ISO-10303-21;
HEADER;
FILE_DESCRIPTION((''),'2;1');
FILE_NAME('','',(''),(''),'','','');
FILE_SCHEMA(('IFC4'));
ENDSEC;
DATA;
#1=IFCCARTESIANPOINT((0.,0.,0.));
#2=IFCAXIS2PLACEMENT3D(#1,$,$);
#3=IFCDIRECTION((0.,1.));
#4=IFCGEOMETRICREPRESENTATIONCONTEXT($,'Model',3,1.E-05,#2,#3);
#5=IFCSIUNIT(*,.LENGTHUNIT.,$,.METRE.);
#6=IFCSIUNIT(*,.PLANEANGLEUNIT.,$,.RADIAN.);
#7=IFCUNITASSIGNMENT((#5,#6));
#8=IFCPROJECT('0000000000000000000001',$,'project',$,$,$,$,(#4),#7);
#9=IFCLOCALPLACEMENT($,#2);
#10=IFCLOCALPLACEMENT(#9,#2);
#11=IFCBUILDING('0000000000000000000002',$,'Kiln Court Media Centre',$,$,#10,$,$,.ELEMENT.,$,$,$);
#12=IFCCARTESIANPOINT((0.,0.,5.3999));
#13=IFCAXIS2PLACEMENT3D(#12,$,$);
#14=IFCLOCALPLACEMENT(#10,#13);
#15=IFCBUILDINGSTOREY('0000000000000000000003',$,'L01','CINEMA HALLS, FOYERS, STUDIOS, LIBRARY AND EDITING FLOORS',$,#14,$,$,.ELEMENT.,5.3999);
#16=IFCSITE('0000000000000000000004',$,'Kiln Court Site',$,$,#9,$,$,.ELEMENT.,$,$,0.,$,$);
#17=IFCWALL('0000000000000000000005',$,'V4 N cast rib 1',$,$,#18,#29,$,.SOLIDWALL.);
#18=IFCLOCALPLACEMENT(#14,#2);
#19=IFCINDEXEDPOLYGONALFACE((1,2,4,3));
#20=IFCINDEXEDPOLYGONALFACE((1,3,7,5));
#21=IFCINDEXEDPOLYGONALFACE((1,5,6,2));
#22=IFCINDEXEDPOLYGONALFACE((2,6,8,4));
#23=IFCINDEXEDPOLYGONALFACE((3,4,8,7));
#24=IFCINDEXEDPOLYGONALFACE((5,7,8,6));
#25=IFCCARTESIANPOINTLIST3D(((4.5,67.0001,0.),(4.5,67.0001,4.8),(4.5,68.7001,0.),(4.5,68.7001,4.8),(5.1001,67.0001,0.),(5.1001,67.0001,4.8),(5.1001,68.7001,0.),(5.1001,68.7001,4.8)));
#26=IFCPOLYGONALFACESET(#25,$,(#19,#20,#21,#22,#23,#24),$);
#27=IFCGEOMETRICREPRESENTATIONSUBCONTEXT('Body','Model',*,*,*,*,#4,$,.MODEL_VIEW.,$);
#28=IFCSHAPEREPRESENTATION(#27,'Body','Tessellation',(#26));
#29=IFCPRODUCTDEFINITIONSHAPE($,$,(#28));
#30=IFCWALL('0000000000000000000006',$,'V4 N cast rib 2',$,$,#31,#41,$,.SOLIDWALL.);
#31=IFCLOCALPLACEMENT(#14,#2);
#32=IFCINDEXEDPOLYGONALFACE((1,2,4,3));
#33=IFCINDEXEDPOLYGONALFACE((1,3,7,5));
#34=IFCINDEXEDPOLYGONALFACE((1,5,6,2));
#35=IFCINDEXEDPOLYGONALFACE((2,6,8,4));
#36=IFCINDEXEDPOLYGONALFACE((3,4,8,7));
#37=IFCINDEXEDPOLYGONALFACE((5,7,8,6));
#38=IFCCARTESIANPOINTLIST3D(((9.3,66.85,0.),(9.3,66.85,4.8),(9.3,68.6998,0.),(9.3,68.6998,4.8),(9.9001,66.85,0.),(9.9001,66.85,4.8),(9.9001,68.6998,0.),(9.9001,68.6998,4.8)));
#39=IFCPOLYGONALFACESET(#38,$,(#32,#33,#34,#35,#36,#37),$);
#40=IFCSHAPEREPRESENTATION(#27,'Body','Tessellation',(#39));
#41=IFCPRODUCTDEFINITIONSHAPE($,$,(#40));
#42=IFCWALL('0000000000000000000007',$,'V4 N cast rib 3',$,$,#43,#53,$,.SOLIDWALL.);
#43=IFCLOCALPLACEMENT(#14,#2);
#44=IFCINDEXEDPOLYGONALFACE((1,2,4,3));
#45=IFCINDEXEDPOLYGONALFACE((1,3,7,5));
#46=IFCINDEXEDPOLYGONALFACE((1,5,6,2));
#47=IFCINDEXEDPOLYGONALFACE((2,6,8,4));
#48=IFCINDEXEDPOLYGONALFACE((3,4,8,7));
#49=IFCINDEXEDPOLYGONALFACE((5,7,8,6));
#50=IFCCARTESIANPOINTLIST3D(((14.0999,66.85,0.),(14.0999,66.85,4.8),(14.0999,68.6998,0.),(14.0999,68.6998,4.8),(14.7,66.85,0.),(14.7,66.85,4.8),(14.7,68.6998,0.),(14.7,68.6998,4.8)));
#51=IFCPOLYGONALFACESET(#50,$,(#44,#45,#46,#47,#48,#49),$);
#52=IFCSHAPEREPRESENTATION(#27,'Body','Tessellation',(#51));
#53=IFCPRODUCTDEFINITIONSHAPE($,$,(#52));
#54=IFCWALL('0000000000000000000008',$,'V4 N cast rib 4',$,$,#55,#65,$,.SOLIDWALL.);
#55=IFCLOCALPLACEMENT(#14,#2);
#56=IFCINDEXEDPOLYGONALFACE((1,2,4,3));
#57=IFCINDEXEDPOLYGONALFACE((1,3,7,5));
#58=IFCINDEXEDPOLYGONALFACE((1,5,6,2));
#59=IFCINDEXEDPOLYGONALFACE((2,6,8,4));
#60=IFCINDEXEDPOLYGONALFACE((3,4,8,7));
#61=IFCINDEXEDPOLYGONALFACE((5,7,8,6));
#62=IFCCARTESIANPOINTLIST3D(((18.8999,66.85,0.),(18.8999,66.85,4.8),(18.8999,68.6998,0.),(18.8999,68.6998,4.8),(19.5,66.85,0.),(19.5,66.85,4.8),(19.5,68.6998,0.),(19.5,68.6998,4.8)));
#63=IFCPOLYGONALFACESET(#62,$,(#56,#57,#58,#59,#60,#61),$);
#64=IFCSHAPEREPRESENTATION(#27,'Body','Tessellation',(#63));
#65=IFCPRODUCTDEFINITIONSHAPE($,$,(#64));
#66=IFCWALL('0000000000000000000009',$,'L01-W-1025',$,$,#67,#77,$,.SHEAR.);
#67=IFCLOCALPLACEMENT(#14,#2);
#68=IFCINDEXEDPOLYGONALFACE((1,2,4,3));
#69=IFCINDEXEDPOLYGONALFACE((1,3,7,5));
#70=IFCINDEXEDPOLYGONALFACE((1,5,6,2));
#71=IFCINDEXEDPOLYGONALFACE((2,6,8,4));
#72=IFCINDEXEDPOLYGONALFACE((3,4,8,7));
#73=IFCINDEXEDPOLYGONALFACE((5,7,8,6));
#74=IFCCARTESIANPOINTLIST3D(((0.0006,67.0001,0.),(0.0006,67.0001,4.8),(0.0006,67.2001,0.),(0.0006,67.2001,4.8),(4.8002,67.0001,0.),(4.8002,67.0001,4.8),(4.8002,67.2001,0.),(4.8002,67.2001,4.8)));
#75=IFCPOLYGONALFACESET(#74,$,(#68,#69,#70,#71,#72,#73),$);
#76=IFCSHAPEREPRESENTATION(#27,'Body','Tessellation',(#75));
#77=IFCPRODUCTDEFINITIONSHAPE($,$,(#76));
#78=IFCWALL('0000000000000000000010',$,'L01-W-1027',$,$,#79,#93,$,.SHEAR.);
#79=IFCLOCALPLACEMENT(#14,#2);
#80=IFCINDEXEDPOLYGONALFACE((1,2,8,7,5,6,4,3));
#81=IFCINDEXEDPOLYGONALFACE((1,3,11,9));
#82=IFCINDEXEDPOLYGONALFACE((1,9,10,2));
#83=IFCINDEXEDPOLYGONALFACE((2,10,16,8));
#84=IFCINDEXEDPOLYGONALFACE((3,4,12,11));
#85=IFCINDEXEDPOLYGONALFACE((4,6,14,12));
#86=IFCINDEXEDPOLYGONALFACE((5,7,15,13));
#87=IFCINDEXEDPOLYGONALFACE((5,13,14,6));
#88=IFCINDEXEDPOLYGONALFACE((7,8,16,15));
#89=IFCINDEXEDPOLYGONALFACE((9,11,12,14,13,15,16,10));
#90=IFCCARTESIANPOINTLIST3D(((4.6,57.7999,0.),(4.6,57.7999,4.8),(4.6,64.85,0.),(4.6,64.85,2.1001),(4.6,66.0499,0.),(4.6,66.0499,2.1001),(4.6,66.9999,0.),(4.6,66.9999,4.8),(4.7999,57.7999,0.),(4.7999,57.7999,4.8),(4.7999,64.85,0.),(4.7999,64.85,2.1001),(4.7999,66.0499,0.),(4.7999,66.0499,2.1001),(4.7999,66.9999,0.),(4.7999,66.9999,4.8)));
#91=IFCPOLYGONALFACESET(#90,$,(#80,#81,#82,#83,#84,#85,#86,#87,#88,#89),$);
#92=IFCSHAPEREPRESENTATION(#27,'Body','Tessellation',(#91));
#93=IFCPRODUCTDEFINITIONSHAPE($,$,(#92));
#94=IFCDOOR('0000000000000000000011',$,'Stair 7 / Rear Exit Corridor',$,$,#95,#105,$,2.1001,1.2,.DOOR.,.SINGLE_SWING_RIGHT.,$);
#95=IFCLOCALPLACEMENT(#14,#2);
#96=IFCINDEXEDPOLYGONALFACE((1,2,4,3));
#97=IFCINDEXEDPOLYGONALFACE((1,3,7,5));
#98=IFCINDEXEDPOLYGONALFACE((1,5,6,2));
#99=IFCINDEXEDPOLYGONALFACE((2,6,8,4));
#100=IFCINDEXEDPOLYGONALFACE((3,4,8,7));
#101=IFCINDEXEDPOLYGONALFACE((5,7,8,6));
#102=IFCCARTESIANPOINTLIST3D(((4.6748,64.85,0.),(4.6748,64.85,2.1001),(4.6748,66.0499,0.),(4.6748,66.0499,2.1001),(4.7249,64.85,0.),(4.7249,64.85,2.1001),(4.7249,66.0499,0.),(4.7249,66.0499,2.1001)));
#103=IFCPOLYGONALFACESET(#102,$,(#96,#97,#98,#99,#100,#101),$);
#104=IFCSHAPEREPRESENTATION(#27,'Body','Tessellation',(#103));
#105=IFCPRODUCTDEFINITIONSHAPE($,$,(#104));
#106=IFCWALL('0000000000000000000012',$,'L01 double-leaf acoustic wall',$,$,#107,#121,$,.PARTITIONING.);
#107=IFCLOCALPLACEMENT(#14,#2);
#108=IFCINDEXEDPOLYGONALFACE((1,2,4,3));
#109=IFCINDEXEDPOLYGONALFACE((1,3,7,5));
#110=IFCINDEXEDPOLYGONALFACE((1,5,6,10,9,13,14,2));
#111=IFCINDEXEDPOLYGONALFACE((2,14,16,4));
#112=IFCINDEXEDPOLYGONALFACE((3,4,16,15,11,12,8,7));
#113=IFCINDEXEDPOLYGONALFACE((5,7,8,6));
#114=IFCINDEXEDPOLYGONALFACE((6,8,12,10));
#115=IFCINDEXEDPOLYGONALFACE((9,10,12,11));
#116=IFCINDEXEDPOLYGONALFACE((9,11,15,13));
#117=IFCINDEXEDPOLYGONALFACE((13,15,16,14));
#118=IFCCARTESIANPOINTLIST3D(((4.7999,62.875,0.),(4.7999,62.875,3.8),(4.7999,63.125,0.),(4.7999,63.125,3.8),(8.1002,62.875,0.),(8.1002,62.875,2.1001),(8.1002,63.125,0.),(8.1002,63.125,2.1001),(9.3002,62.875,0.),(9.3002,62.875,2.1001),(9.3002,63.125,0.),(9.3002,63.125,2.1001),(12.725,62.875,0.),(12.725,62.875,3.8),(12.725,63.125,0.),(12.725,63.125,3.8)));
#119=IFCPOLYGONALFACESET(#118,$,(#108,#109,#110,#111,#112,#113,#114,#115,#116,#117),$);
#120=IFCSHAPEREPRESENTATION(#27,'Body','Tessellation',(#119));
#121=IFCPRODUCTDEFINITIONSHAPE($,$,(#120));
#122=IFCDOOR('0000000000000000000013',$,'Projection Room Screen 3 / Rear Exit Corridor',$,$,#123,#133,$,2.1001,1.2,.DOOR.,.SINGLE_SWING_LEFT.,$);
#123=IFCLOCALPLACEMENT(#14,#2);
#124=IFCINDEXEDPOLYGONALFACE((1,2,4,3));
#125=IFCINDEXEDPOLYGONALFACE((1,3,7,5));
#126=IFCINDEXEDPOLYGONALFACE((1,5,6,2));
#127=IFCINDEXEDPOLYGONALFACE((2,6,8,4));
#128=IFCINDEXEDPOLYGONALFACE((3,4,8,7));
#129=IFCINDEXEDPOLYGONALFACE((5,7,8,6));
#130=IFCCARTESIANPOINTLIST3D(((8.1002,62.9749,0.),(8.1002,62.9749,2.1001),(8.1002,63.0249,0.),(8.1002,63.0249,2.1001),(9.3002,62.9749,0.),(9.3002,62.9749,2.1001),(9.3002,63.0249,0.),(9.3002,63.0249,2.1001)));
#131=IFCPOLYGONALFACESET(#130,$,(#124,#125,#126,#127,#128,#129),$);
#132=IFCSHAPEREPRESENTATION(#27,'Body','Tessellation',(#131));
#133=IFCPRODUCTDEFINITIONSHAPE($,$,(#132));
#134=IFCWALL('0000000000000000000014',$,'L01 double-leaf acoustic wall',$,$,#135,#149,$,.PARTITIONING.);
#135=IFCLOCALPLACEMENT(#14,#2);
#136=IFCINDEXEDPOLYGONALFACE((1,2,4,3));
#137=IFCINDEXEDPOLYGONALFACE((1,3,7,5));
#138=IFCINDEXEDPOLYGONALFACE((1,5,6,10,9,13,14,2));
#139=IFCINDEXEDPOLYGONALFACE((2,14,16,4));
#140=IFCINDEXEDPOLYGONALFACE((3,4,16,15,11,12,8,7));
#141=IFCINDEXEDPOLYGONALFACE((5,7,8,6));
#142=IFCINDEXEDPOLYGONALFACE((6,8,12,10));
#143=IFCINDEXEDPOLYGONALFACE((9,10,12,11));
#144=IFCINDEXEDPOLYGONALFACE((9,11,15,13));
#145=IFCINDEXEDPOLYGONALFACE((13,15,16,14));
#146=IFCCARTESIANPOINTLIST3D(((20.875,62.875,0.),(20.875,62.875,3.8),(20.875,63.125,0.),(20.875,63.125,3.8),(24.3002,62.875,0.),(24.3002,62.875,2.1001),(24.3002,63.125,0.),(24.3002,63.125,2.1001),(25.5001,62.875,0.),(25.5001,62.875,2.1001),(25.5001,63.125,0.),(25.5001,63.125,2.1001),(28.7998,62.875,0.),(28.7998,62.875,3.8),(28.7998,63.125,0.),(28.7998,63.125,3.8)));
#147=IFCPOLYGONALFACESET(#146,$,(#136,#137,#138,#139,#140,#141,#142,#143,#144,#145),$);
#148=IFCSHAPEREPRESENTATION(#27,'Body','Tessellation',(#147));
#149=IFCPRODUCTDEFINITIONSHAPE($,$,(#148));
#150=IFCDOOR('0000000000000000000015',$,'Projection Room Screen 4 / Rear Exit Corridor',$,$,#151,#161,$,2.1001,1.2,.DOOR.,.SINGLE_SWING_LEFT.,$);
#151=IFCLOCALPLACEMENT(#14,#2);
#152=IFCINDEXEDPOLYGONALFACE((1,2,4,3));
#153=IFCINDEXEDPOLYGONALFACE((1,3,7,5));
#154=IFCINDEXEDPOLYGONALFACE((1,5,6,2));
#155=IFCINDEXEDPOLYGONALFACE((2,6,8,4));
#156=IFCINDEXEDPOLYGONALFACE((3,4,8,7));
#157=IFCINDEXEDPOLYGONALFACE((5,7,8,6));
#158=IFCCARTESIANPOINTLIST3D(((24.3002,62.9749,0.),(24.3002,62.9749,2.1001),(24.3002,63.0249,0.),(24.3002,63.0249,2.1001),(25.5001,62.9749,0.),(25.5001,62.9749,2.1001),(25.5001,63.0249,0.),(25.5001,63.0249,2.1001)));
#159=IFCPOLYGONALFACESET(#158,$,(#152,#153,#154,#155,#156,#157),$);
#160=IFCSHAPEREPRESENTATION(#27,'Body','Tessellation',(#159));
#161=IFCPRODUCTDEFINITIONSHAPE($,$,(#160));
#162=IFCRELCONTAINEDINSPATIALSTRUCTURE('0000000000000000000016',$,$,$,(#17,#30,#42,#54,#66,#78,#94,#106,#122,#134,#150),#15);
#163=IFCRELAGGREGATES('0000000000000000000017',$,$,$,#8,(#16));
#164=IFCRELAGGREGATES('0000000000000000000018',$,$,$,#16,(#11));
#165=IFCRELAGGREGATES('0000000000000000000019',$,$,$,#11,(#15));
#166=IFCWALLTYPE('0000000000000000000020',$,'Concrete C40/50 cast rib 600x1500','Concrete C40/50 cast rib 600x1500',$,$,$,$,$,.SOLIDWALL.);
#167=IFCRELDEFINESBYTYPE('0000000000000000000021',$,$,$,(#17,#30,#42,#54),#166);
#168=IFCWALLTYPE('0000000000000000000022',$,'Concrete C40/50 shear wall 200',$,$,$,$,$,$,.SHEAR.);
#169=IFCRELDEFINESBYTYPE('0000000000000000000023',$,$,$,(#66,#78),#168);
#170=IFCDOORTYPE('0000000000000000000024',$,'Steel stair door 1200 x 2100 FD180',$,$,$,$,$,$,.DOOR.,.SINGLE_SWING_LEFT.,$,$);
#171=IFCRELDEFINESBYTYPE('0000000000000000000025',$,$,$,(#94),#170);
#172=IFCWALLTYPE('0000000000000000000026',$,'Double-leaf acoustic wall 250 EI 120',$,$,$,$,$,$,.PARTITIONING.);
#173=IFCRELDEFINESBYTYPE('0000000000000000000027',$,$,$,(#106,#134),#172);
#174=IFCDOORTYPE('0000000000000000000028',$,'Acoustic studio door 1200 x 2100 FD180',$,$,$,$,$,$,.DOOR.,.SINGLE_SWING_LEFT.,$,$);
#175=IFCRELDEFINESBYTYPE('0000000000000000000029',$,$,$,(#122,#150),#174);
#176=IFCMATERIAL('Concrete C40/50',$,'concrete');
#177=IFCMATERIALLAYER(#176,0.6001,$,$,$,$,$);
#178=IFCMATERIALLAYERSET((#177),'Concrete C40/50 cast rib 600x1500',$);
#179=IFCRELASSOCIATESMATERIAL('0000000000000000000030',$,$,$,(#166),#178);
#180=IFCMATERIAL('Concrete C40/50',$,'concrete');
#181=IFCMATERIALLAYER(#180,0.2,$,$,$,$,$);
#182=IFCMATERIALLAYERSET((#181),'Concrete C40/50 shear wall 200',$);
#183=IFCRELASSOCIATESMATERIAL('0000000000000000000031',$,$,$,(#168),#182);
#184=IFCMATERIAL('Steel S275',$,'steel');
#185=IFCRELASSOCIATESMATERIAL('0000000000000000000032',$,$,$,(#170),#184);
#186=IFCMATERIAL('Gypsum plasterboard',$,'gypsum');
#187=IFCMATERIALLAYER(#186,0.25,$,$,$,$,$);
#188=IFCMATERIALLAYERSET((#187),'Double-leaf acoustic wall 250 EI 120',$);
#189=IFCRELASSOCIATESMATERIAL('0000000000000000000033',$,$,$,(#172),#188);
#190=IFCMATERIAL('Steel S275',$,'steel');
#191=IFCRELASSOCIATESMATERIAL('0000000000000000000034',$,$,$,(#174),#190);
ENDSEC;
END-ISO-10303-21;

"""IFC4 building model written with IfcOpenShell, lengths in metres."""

from ifc_helpers import new_model, si_unit, direction, frame, frame_2d, origin, place, context, subcontext, project, spatial, rectangle, extrude, material, layer, layer_set, type_object, element, fill, save


model = new_model("IFC4")

# Units and contexts
model_context = context("Model", 3, precision=1e-05, world=origin(), true_north=direction((0.0, 1.0)))
body_context = subcontext(model_context, "Body", "Model", "MODEL_VIEW")
ifc_project = project(units=[si_unit("LENGTHUNIT", "METRE"), si_unit("PLANEANGLEUNIT", "RADIAN")], contexts=[model_context])

# Site, building, storey
site_placement = place(None, origin())
site = spatial("IfcSite", under=ifc_project, at=site_placement, Name="Kiln Court Site", CompositionType="ELEMENT", RefElevation=0.0)
building_placement = place(site_placement, origin())
building = spatial("IfcBuilding", under=site, at=building_placement, Name="Kiln Court Media Centre", CompositionType="ELEMENT")
storey_placement = place(building_placement, frame((0.0, 0.0, 5.3999)))
storey = spatial("IfcBuildingStorey", under=building, at=storey_placement, Name="L01", Description="CINEMA HALLS, FOYERS, STUDIOS, LIBRARY AND EDITING FLOORS", CompositionType="ELEMENT", Elevation=5.3999)

# Walls
ifc_material_1 = material(Name="Concrete C40/50", Category="concrete")
ifc_layer_1 = layer(ifc_material_1, 0.6001)
ifc_layer_set_1 = layer_set([ifc_layer_1], Name="Concrete C40/50 cast rib 600x1500")
wall_type_1 = type_object("IfcWallType", Name="Concrete C40/50 cast rib 600x1500", Description="Concrete C40/50 cast rib 600x1500", PredefinedType="SOLIDWALL", material=ifc_layer_set_1)
wall_1_placement = place(storey_placement, frame((4.8, 67.0, 0.0), z_axis=(0.0, 0.0, 1.0), x_axis=(0.0, 1.0, 0.0)))
element("IfcWall", 1, at=wall_1_placement, inside=storey, type_object=wall_type_1, Name="V4 N cast rib 1", PredefinedType="SOLIDWALL", context=body_context, shape_type="SweptSolid", body=[
    extrude(rectangle(XDim=1.7, YDim=0.6001, at=frame_2d((0.8501, 0.0))), origin(), (0.0, 0.0, 1.0), 4.8),
])
for number, where, z_axis, x_axis, name in (
    (2, (9.6001, 66.8501, 0.0), (0.0, 0.0, 1.0), (0.0, 1.0, 0.0), "V4 N cast rib 2"),
    (3, (14.3999, 66.8501, 0.0), (0.0, 0.0, 1.0), (0.0, 1.0, 0.0), "V4 N cast rib 3"),
    (4, (19.2, 66.8501, 0.0), (0.0, 0.0, 1.0), (0.0, 1.0, 0.0), "V4 N cast rib 4"),
):
    element("IfcWall", number, at=place(storey_placement, frame(where, z_axis=z_axis, x_axis=x_axis)), inside=storey, type_object=wall_type_1, Name=name, PredefinedType="SOLIDWALL", context=body_context, shape_type="SweptSolid", body=[
        extrude(rectangle(XDim=1.8499, YDim=0.6001, at=frame_2d((0.9248, 0.0))), origin(), (0.0, 0.0, 1.0), 4.8),
    ])
ifc_material_2 = material(Name="Concrete C40/50", Category="concrete")
ifc_layer_2 = layer(ifc_material_2, 0.2)
ifc_layer_set_2 = layer_set([ifc_layer_2], Name="Concrete C40/50 shear wall 200")
wall_type_2 = type_object("IfcWallType", Name="Concrete C40/50 shear wall 200", PredefinedType="SHEAR", material=ifc_layer_set_2)
wall_2_placement = place(storey_placement, frame((0.0005, 67.1001, 0.0), z_axis=(0.0, 0.0, 1.0), x_axis=(1.0, 0.0, 0.0)))
element("IfcWall", 5, at=wall_2_placement, inside=storey, type_object=wall_type_2, Name="L01-W-1025", PredefinedType="SHEAR", context=body_context, shape_type="SweptSolid", body=[
    extrude(rectangle(XDim=4.7996, YDim=0.2, at=frame_2d((2.3999, 0.0))), origin(), (0.0, 0.0, 1.0), 4.8),
])

# Walls, openings, doors
wall_3_placement = place(storey_placement, frame((4.7, 67.0, 0.0), z_axis=(0.0, 0.0, 1.0), x_axis=(0.0, -1.0, 0.0)))
wall_3 = element("IfcWall", 6, at=wall_3_placement, inside=storey, type_object=wall_type_2, Name="L01-W-1027", PredefinedType="SHEAR", context=body_context, shape_type="SweptSolid", body=[
    extrude(rectangle(XDim=9.2, YDim=0.2, at=frame_2d((4.6001, 0.0))), origin(), (0.0, 0.0, 1.0), 4.8),
])
opening_1_placement = place(wall_3_placement, frame((0.95, 0.0, 0.0)))
opening_1 = element("IfcOpeningElement", 7, at=opening_1_placement, cuts=wall_3, PredefinedType="OPENING", context=body_context, shape_type="SweptSolid", body=[
    extrude(rectangle(XDim=1.2, YDim=2.1001, at=frame_2d((0.6001, 1.05))), frame((0.0, 0.1099, 0.0), z_axis=(0.0, -1.0, 0.0), x_axis=(1.0, 0.0, 0.0)), (0.0, 0.0, 1.0), 0.22),
])
ifc_material_3 = material(Name="Steel S275", Category="steel")
door_type_1 = type_object("IfcDoorType", Name="Steel stair door 1200 x 2100 FD180", OperationType="SINGLE_SWING_LEFT", PredefinedType="DOOR", material=ifc_material_3)
door_1_placement = place(opening_1_placement, origin())
door_1 = element("IfcDoor", 8, at=door_1_placement, inside=storey, type_object=door_type_1, Name="Stair 7 / Rear Exit Corridor", OperationType="SINGLE_SWING_RIGHT", OverallHeight=2.1001, OverallWidth=1.2, PredefinedType="DOOR", context=body_context, shape_type="SweptSolid", body=[
    extrude(rectangle(XDim=1.2, YDim=2.1001, at=frame_2d((0.6001, 1.05))), frame((0.0, 0.0249, 0.0), z_axis=(0.0, -1.0, 0.0), x_axis=(1.0, 0.0, 0.0)), (0.0, 0.0, 1.0), 0.05),
])
fill(opening_1, door_1)
ifc_material_4 = material(Name="Gypsum plasterboard", Category="gypsum")
ifc_layer_3 = layer(ifc_material_4, 0.25)
ifc_layer_set_3 = layer_set([ifc_layer_3], Name="Double-leaf acoustic wall 250 EI 120")
wall_type_3 = type_object("IfcWallType", Name="Double-leaf acoustic wall 250 EI 120", PredefinedType="PARTITIONING", material=ifc_layer_set_3)
wall_4_placement = place(storey_placement, frame((4.8, 63.0, 0.0), z_axis=(0.0, 0.0, 1.0), x_axis=(1.0, 0.0, 0.0)))
wall_4 = element("IfcWall", 9, at=wall_4_placement, inside=storey, type_object=wall_type_3, Name="L01 double-leaf acoustic wall", PredefinedType="PARTITIONING", context=body_context, shape_type="SweptSolid", body=[
    extrude(rectangle(XDim=7.925, YDim=0.25, at=frame_2d((3.9624, 0.0))), origin(), (0.0, 0.0, 1.0), 3.8),
])
opening_2_placement = place(wall_4_placement, frame((3.3, 0.0, 0.0)))
opening_2 = element("IfcOpeningElement", 10, at=opening_2_placement, cuts=wall_4, PredefinedType="OPENING", context=body_context, shape_type="SweptSolid", body=[
    extrude(rectangle(XDim=1.2, YDim=2.1001, at=frame_2d((0.6001, 1.05))), frame((0.0, 0.135, 0.0), z_axis=(0.0, -1.0, 0.0), x_axis=(1.0, 0.0, 0.0)), (0.0, 0.0, 1.0), 0.27),
])
ifc_material_5 = material(Name="Steel S275", Category="steel")
door_type_2 = type_object("IfcDoorType", Name="Acoustic studio door 1200 x 2100 FD180", OperationType="SINGLE_SWING_LEFT", PredefinedType="DOOR", material=ifc_material_5)
door_2_placement = place(opening_2_placement, origin())
door_2 = element("IfcDoor", 11, at=door_2_placement, inside=storey, type_object=door_type_2, Name="Projection Room Screen 3 / Rear Exit Corridor", OperationType="SINGLE_SWING_LEFT", OverallHeight=2.1001, OverallWidth=1.2, PredefinedType="DOOR", context=body_context, shape_type="SweptSolid", body=[
    extrude(rectangle(XDim=1.2, YDim=2.1001, at=frame_2d((0.6001, 1.05))), frame((0.0, 0.0249, 0.0), z_axis=(0.0, -1.0, 0.0), x_axis=(1.0, 0.0, 0.0)), (0.0, 0.0, 1.0), 0.05),
])
fill(opening_2, door_2)
wall_5_placement = place(storey_placement, frame((20.875, 63.0, 0.0), z_axis=(0.0, 0.0, 1.0), x_axis=(1.0, 0.0, 0.0)))
wall_5 = element("IfcWall", 12, at=wall_5_placement, inside=storey, type_object=wall_type_3, Name="L01 double-leaf acoustic wall", PredefinedType="PARTITIONING", context=body_context, shape_type="SweptSolid", body=[
    extrude(rectangle(XDim=7.9248, YDim=0.25, at=frame_2d((3.9624, 0.0))), origin(), (0.0, 0.0, 1.0), 3.8),
])
opening_3_placement = place(wall_5_placement, frame((3.425, 0.0, 0.0)))
opening_3 = element("IfcOpeningElement", 13, at=opening_3_placement, cuts=wall_5, PredefinedType="OPENING", context=body_context, shape_type="SweptSolid", body=[
    extrude(rectangle(XDim=1.2, YDim=2.1001, at=frame_2d((0.6001, 1.05))), frame((0.0, 0.135, 0.0), z_axis=(0.0, -1.0, 0.0), x_axis=(1.0, 0.0, 0.0)), (0.0, 0.0, 1.0), 0.27),
])
door_3_placement = place(opening_3_placement, origin())
door_3 = element("IfcDoor", 14, at=door_3_placement, inside=storey, type_object=door_type_2, Name="Projection Room Screen 4 / Rear Exit Corridor", OperationType="SINGLE_SWING_LEFT", OverallHeight=2.1001, OverallWidth=1.2, PredefinedType="DOOR", context=body_context, shape_type="SweptSolid", body=[
    extrude(rectangle(XDim=1.2, YDim=2.1001, at=frame_2d((0.6001, 1.05))), frame((0.0, 0.0249, 0.0), z_axis=(0.0, -1.0, 0.0), x_axis=(1.0, 0.0, 0.0)), (0.0, 0.0, 1.0), 0.05),
])
fill(opening_3, door_3)

save(model, "model.ifc")
